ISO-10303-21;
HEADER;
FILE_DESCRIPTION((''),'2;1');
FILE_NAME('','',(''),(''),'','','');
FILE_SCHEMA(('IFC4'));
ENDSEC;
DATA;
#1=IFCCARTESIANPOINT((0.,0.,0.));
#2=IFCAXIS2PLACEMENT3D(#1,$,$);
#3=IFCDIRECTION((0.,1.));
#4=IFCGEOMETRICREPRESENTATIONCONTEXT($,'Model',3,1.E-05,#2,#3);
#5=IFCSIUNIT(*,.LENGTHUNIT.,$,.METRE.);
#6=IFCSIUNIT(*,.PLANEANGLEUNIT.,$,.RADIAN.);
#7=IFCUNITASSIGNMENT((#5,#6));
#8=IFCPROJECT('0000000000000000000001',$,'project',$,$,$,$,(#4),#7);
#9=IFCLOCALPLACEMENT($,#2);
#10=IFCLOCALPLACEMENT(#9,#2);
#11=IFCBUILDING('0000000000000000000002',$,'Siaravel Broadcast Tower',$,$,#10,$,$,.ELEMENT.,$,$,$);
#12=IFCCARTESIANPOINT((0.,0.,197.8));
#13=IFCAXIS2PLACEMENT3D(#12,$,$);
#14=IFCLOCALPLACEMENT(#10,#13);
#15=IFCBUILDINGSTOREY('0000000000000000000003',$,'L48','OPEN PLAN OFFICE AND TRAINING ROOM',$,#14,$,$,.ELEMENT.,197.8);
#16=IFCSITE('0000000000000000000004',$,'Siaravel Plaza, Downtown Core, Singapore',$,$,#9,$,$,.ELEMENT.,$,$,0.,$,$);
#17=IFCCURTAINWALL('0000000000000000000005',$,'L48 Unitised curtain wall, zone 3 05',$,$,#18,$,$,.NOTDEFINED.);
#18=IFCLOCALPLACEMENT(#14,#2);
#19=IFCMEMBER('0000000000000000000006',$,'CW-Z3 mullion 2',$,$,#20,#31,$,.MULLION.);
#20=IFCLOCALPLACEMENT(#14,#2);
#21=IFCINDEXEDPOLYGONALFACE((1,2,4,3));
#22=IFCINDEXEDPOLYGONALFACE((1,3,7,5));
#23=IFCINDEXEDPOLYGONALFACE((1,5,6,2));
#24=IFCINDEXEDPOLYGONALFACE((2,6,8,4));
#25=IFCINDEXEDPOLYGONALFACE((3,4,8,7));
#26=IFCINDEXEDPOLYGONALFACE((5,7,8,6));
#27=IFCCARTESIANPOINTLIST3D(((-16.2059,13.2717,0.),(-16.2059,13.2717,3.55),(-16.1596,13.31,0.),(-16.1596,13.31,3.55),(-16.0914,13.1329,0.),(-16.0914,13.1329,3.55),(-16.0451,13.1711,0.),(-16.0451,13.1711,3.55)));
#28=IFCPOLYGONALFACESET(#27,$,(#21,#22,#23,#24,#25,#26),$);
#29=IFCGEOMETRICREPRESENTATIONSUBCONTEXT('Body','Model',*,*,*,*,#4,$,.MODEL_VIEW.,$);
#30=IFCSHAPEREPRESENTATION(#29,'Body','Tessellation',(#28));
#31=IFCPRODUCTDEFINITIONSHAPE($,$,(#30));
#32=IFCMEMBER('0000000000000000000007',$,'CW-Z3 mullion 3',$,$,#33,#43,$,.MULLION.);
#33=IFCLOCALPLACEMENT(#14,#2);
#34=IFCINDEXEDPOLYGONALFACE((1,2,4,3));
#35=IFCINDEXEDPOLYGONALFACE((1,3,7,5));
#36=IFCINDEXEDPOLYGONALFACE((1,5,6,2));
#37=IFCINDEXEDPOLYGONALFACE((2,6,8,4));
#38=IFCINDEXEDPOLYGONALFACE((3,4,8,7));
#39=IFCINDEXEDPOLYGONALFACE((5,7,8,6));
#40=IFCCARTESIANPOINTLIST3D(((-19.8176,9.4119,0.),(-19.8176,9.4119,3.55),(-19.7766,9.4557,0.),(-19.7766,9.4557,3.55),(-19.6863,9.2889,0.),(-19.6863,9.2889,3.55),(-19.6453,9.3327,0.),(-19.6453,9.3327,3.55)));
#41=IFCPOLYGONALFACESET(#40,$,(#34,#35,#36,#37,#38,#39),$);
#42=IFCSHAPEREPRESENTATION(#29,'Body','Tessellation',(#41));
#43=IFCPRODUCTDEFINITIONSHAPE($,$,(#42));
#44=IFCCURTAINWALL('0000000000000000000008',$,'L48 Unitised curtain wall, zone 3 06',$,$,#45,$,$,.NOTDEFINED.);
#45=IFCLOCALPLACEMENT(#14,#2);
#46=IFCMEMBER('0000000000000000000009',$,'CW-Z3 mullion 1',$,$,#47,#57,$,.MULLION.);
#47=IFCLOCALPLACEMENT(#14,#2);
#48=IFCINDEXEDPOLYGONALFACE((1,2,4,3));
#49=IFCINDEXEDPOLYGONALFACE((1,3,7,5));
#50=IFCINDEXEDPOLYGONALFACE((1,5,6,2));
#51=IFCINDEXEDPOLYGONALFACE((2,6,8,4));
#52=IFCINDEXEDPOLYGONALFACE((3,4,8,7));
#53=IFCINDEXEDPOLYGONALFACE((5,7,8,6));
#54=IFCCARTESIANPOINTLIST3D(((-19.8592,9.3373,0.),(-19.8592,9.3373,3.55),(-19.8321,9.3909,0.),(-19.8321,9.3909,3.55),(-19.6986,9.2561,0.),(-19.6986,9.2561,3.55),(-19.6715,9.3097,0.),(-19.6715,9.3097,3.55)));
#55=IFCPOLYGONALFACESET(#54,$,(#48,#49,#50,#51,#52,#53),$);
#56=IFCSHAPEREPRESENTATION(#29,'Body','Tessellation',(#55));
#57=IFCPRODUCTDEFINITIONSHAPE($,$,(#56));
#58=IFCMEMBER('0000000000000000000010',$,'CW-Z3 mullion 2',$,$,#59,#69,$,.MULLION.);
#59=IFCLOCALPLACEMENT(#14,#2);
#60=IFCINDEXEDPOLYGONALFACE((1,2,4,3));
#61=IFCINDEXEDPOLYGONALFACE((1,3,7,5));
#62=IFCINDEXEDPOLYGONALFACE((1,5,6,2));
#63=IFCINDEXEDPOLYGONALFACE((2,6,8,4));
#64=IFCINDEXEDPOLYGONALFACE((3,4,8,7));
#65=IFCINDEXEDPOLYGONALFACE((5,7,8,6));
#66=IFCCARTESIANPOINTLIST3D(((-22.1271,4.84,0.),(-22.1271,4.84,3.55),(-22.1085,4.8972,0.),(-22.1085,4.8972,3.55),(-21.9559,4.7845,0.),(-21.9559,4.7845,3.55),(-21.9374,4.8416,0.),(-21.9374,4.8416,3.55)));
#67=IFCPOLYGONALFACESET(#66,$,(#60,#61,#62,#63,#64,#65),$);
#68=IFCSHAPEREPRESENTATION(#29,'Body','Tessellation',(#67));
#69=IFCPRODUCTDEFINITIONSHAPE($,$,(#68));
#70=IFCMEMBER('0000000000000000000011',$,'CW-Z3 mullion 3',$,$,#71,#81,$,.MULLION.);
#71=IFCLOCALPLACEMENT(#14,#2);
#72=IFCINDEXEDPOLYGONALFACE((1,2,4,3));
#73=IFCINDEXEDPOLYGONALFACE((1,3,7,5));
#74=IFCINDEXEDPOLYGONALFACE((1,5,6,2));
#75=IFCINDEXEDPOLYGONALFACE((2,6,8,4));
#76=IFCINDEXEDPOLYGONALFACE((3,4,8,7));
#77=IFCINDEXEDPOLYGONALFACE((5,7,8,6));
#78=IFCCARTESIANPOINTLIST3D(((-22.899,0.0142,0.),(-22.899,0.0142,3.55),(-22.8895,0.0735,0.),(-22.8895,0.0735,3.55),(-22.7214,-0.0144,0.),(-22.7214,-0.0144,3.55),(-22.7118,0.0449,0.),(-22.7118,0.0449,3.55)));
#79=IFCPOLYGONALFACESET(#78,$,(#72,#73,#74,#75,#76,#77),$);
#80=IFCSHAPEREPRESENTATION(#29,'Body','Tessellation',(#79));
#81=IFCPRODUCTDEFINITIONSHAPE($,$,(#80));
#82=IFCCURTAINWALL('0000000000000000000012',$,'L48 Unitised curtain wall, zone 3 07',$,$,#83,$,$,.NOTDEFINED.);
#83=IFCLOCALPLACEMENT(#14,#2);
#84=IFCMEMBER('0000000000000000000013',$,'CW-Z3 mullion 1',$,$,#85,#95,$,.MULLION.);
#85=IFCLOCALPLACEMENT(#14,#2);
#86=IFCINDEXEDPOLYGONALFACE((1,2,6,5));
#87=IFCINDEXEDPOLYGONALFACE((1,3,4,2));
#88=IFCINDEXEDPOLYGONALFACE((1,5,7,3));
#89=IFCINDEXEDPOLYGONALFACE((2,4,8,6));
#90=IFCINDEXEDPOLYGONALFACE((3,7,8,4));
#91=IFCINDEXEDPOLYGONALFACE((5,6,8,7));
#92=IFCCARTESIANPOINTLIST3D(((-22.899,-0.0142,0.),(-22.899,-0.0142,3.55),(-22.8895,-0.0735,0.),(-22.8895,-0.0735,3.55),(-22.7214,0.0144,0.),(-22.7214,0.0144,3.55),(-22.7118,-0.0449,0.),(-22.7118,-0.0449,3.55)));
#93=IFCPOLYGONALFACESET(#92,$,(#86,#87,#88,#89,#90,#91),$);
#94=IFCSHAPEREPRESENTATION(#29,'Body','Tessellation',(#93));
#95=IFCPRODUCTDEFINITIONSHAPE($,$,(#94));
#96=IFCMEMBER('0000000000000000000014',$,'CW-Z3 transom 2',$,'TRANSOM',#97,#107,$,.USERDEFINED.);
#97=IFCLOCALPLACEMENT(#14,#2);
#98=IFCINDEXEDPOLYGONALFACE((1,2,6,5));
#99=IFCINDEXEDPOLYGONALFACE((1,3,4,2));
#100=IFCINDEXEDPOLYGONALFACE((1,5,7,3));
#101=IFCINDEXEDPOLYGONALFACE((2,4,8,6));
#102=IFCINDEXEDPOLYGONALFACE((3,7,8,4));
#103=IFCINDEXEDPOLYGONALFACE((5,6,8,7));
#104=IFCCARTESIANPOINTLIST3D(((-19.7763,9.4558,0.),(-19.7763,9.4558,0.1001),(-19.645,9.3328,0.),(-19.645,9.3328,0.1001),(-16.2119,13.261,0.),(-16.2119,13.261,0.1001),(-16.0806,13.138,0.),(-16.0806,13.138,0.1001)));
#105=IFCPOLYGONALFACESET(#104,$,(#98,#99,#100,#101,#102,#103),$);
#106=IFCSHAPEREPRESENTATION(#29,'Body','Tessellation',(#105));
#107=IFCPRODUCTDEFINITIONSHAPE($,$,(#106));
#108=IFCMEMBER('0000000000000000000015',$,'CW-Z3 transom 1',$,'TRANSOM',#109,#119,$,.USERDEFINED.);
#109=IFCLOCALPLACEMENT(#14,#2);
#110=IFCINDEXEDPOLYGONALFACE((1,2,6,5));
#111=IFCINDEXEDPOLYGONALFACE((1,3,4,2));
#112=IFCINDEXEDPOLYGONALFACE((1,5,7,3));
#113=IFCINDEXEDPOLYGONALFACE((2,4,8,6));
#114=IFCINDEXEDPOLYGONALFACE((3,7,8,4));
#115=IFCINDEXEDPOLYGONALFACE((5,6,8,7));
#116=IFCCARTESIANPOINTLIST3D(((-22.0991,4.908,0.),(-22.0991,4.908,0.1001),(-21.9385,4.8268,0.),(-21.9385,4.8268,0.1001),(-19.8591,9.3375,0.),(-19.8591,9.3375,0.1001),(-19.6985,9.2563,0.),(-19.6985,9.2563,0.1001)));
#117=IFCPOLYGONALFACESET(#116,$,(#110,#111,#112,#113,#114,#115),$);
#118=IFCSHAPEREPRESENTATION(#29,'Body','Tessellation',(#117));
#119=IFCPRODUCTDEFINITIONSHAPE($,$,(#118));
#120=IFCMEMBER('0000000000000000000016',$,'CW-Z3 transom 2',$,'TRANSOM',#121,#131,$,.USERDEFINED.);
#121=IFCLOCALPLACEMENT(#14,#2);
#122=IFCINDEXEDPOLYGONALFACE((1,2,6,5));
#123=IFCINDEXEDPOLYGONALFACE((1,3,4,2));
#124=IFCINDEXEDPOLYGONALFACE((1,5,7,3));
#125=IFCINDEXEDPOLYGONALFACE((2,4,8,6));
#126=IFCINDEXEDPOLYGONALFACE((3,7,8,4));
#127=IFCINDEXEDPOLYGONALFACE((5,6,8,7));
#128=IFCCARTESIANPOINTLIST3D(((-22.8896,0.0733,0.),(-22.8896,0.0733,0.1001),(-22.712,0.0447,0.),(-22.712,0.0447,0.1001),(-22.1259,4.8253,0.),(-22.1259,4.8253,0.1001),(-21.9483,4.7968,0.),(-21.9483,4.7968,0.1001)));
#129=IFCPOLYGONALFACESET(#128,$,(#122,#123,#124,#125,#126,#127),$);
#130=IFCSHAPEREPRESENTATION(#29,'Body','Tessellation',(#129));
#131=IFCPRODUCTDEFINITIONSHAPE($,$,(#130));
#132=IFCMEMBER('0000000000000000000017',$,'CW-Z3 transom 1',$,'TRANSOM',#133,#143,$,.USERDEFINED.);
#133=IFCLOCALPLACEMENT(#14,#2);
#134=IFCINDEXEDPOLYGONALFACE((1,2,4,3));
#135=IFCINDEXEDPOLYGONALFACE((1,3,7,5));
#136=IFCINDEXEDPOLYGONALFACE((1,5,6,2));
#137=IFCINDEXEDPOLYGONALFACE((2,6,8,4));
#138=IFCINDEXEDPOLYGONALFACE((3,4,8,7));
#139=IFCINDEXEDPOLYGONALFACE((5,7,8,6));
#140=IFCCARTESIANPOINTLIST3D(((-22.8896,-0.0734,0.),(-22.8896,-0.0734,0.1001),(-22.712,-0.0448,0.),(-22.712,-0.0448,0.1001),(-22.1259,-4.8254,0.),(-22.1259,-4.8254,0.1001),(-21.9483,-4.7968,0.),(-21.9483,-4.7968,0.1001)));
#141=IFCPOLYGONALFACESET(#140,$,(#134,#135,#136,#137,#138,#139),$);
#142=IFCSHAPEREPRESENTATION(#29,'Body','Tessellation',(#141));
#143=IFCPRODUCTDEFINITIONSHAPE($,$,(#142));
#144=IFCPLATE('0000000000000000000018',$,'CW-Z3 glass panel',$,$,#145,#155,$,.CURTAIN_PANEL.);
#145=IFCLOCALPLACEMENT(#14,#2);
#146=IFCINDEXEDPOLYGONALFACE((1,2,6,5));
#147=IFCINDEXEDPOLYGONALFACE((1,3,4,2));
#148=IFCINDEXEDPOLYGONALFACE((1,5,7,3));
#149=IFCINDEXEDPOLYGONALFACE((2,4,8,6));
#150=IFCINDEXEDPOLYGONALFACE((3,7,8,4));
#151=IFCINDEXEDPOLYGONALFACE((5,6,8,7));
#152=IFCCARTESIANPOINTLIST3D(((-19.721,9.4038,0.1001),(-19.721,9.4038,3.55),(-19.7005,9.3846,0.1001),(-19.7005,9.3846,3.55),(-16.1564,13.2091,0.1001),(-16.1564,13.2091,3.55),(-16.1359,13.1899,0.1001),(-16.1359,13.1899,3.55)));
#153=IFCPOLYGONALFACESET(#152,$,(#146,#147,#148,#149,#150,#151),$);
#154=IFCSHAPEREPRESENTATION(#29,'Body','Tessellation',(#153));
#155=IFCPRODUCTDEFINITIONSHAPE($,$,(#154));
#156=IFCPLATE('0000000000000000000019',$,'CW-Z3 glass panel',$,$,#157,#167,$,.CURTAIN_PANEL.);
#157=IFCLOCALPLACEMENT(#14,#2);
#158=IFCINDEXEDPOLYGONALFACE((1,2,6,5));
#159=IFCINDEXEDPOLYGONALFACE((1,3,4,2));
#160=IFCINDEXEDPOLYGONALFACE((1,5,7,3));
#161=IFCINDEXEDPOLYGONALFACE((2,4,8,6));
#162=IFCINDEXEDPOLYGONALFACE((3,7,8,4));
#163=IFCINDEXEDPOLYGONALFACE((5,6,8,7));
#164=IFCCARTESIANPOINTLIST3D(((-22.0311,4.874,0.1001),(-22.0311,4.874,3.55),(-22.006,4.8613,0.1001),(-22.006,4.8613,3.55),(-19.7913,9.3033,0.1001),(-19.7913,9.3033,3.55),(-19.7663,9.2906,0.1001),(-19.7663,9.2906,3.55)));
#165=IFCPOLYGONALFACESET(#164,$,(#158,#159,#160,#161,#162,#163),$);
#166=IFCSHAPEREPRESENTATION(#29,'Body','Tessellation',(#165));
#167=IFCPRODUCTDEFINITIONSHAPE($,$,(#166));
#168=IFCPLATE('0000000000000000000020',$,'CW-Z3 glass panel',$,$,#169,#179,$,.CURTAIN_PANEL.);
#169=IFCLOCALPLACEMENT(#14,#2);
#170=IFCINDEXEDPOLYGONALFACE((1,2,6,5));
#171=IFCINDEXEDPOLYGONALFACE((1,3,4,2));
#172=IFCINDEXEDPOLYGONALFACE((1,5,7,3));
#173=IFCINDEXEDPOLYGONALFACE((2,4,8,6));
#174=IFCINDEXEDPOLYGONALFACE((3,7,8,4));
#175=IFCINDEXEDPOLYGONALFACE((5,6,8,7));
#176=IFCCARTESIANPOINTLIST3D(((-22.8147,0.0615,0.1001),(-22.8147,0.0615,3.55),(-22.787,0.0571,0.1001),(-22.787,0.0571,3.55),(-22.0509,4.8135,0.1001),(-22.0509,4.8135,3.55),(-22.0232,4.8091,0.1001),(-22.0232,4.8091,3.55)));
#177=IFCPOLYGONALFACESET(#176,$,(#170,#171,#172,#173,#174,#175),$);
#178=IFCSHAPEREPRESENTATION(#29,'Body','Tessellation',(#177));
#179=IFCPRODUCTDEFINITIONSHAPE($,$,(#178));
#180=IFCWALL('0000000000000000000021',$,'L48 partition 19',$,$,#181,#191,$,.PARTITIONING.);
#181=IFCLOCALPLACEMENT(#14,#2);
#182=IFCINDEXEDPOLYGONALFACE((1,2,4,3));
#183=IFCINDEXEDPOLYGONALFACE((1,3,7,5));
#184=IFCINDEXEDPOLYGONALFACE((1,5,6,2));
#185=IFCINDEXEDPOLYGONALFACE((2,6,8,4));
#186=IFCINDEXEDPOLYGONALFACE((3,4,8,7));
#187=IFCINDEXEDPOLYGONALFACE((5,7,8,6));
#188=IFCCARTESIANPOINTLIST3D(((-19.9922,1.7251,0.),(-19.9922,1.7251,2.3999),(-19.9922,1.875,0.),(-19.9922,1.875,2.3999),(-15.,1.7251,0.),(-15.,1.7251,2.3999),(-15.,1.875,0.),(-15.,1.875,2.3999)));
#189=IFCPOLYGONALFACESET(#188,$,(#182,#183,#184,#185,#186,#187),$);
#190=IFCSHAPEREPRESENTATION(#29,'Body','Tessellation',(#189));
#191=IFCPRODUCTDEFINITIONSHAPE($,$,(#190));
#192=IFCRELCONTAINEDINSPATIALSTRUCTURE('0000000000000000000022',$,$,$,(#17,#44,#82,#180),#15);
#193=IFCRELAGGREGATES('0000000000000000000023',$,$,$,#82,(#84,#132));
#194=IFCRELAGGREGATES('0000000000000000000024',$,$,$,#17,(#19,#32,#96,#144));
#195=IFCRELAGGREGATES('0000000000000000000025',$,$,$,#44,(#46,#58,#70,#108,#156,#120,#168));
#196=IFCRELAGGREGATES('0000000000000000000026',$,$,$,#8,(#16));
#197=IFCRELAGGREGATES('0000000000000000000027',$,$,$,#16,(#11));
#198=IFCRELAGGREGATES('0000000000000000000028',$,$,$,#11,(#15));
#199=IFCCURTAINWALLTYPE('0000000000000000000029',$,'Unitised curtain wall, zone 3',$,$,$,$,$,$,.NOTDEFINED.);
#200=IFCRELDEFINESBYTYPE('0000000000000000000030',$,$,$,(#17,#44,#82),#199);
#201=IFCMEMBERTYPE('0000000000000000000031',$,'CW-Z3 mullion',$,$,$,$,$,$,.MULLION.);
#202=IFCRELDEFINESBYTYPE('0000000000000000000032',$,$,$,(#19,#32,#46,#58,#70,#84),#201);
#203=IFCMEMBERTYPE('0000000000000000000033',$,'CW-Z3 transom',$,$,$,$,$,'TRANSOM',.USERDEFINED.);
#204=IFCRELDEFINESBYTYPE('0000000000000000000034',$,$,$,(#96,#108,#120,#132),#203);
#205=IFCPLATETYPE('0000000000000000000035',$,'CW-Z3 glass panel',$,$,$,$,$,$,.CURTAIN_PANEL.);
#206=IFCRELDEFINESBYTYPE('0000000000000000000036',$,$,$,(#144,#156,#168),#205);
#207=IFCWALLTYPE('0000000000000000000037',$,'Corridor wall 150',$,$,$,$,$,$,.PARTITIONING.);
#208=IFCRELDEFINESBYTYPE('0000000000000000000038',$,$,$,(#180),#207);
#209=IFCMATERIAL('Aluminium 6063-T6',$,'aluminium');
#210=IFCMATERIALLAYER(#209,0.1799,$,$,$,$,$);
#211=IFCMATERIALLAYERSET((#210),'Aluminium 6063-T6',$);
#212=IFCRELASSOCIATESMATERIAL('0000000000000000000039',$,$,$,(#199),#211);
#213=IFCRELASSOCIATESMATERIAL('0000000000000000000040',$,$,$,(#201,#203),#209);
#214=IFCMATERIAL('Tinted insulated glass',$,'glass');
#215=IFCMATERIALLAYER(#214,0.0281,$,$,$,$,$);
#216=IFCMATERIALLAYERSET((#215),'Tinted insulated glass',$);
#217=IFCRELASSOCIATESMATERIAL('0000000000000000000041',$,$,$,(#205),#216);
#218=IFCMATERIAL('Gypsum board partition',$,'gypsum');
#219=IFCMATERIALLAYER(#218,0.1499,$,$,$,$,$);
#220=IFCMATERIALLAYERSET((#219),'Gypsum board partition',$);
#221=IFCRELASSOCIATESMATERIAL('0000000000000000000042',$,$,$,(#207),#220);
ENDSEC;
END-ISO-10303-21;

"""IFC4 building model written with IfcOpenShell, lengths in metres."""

from ifc_helpers import new_model, si_unit, direction, frame, frame_2d, origin, origin_2d, place, context, subcontext, project, spatial, rectangle, extrude, material, layer, layer_set, material_profile, profile_set, type_object, element, aggregate, save


model = new_model("IFC4")

# Units and contexts
model_context = context("Model", 3, precision=1e-05, world=origin(), true_north=direction((0.0, 1.0)))
body_context = subcontext(model_context, "Body", "Model", "MODEL_VIEW")
ifc_project = project(units=[si_unit("LENGTHUNIT", "METRE"), si_unit("PLANEANGLEUNIT", "RADIAN")], contexts=[model_context])

# Site, building, storey
site_placement = place(None, origin())
site = spatial("IfcSite", under=ifc_project, at=site_placement, Name="Siaravel Plaza, Downtown Core, Singapore", CompositionType="ELEMENT", RefElevation=0.0)
building_placement = place(site_placement, origin())
building = spatial("IfcBuilding", under=site, at=building_placement, Name="Siaravel Broadcast Tower", CompositionType="ELEMENT")
storey_placement = place(building_placement, frame((0.0, 0.0, 197.8)))
storey = spatial("IfcBuildingStorey", under=building, at=storey_placement, Name="L48", Description="OPEN PLAN OFFICE AND TRAINING ROOM", CompositionType="ELEMENT", Elevation=197.8)

# Curtain walls, members
ifc_material_1 = material(Name="Aluminium 6063-T6", Category="aluminium")
ifc_layer_1 = layer(ifc_material_1, 0.1799)
ifc_layer_set_1 = layer_set([ifc_layer_1], Name="Aluminium 6063-T6")
curtain_wall_type = type_object("IfcCurtainWallType", Name="Unitised curtain wall, zone 3", PredefinedType="NOTDEFINED", material=ifc_layer_set_1)
curtain_wall_1_placement = place(storey_placement, origin())
curtain_wall_1 = element("IfcCurtainWall", 1, at=curtain_wall_1_placement, inside=storey, type_object=curtain_wall_type, Name="L48 Unitised curtain wall, zone 3 05", PredefinedType="NOTDEFINED")
ifc_material_profile_1 = material_profile(ifc_material_1, rectangle(XDim=0.1799, YDim=0.0601, at=origin_2d()))
ifc_profile_set_1 = profile_set([ifc_material_profile_1], Name="Aluminium 6063-T6")
member_type_1 = type_object("IfcMemberType", Name="CW-Z3 mullion", PredefinedType="MULLION", material=ifc_profile_set_1)
member_1_placement = place(storey_placement, frame((-16.1255, 13.2214, 0.0), z_axis=(0.0, 0.0, 1.0), x_axis=(0.636219, -0.771509, 0.0)))
member_1 = element("IfcMember", 2, at=member_1_placement, type_object=member_type_1, Name="CW-Z3 mullion 2", PredefinedType="MULLION", context=body_context, shape_type="SweptSolid", body=[
    extrude(rectangle(XDim=0.1799, YDim=0.0601, at=origin_2d()), origin(), (0.0, 0.0, 1.0), 3.55),
])
member_2_placement = place(storey_placement, frame((-19.7314, 9.3723, 0.0), z_axis=(0.0, 0.0, 1.0), x_axis=(0.729805, -0.683655, 0.0)))
member_2 = element("IfcMember", 3, at=member_2_placement, type_object=member_type_1, Name="CW-Z3 mullion 3", PredefinedType="MULLION", context=body_context, shape_type="SweptSolid", body=[
    extrude(rectangle(XDim=0.1799, YDim=0.0601, at=origin_2d()), origin(), (0.0, 0.0, 1.0), 3.55),
])
curtain_wall_2_placement = place(storey_placement, origin())
curtain_wall_2 = element("IfcCurtainWall", 4, at=curtain_wall_2_placement, inside=storey, type_object=curtain_wall_type, Name="L48 Unitised curtain wall, zone 3 06", PredefinedType="NOTDEFINED")
member_3_placement = place(storey_placement, frame((-19.7654, 9.3235, 0.0), z_axis=(0.0, 0.0, 1.0), x_axis=(0.892392, -0.451261, 0.0)))
member_3 = element("IfcMember", 5, at=member_3_placement, type_object=member_type_1, Name="CW-Z3 mullion 1", PredefinedType="MULLION", context=body_context, shape_type="SweptSolid", body=[
    extrude(rectangle(XDim=0.1799, YDim=0.0601, at=origin_2d()), origin(), (0.0, 0.0, 1.0), 3.55),
])
member_4_placement = place(storey_placement, frame((-22.0322, 4.8408, 0.0), z_axis=(0.0, 0.0, 1.0), x_axis=(0.951177, -0.308645, 0.0)))
member_4 = element("IfcMember", 6, at=member_4_placement, type_object=member_type_1, Name="CW-Z3 mullion 2", PredefinedType="MULLION", context=body_context, shape_type="SweptSolid", body=[
    extrude(rectangle(XDim=0.1799, YDim=0.0601, at=origin_2d()), origin(), (0.0, 0.0, 1.0), 3.55),
])
member_5_placement = place(storey_placement, frame((-22.8054, 0.0295, 0.0), z_axis=(0.0, 0.0, 1.0), x_axis=(0.987329, -0.158685, 0.0)))
member_5 = element("IfcMember", 7, at=member_5_placement, type_object=member_type_1, Name="CW-Z3 mullion 3", PredefinedType="MULLION", context=body_context, shape_type="SweptSolid", body=[
    extrude(rectangle(XDim=0.1799, YDim=0.0601, at=origin_2d()), origin(), (0.0, 0.0, 1.0), 3.55),
])

# Curtain wall, member
curtain_wall_3_placement = place(storey_placement, origin())
curtain_wall_3 = element("IfcCurtainWall", 8, at=curtain_wall_3_placement, inside=storey, type_object=curtain_wall_type, Name="L48 Unitised curtain wall, zone 3 07", PredefinedType="NOTDEFINED")
member_6_placement = place(storey_placement, frame((-22.8054, -0.0295, 0.0), z_axis=(0.0, 0.0, 1.0), x_axis=(0.987329, 0.158685, 0.0)))
member_6 = element("IfcMember", 9, at=member_6_placement, type_object=member_type_1, Name="CW-Z3 mullion 1", PredefinedType="MULLION", context=body_context, shape_type="SweptSolid", body=[
    extrude(rectangle(XDim=0.1799, YDim=0.0601, at=origin_2d()), origin(), (0.0, 0.0, 1.0), 3.55),
])

# Members
ifc_material_profile_2 = material_profile(ifc_material_1, rectangle(XDim=0.1799, YDim=0.1001, at=origin_2d()))
ifc_profile_set_2 = profile_set([ifc_material_profile_2], Name="Aluminium 6063-T6")
member_type_2 = type_object("IfcMemberType", Name="CW-Z3 transom", ElementType="TRANSOM", PredefinedType="USERDEFINED", material=ifc_profile_set_2)
member_7_placement = place(storey_placement, frame((-16.1462, 13.1995, 0.05), z_axis=(-0.683645, -0.729815, 0.0), x_axis=(0.729815, -0.683645, 0.0)))
member_7 = element("IfcMember", 10, at=member_7_placement, type_object=member_type_2, Name="CW-Z3 transom 2", ObjectType="TRANSOM", PredefinedType="USERDEFINED", context=body_context, shape_type="SweptSolid", body=[
    extrude(rectangle(XDim=0.1799, YDim=0.1001, at=origin_2d()), origin(), (0.0, 0.0, 1.0), 5.2139),
])
member_8_placement = place(storey_placement, frame((-19.7788, 9.2969, 0.05), z_axis=(-0.451282, -0.892382, 0.0), x_axis=(0.892382, -0.451282, 0.0)))
member_8 = element("IfcMember", 11, at=member_8_placement, type_object=member_type_2, Name="CW-Z3 transom 1", ObjectType="TRANSOM", PredefinedType="USERDEFINED", context=body_context, shape_type="SweptSolid", body=[
    extrude(rectangle(XDim=0.1799, YDim=0.1001, at=origin_2d()), origin(), (0.0, 0.0, 1.0), 4.9636),
])
member_9_placement = place(storey_placement, frame((-22.0371, 4.811, 0.05), z_axis=(-0.158671, -0.987332, 0.0), x_axis=(0.987332, -0.158671, 0.0)))
member_9 = element("IfcMember", 12, at=member_9_placement, type_object=member_type_2, Name="CW-Z3 transom 2", ObjectType="TRANSOM", PredefinedType="USERDEFINED", context=body_context, shape_type="SweptSolid", body=[
    extrude(rectangle(XDim=0.1799, YDim=0.1001, at=origin_2d()), origin(), (0.0, 0.0, 1.0), 4.813),
])
member_10_placement = place(storey_placement, frame((-22.8008, -0.0591, 0.05), z_axis=(0.158671, -0.987332, 0.0), x_axis=(0.987332, 0.158671, 0.0)))
member_10 = element("IfcMember", 13, at=member_10_placement, type_object=member_type_2, Name="CW-Z3 transom 1", ObjectType="TRANSOM", PredefinedType="USERDEFINED", context=body_context, shape_type="SweptSolid", body=[
    extrude(rectangle(XDim=0.1799, YDim=0.1001, at=origin_2d()), origin(), (0.0, 0.0, 1.0), 4.813),
])
aggregate(curtain_wall_3, [member_6, member_10])

# Plates
ifc_material_2 = material(Name="Tinted insulated glass", Category="glass")
ifc_layer_2 = layer(ifc_material_2, 0.0281)
ifc_layer_set_2 = layer_set([ifc_layer_2], Name="Tinted insulated glass")
plate_type = type_object("IfcPlateType", Name="CW-Z3 glass panel", PredefinedType="CURTAIN_PANEL", material=ifc_layer_set_2)
plate_1_placement = place(storey_placement, frame((-17.9285, 11.2969, 0.1001), z_axis=(0.0, 0.0, 1.0), x_axis=(-0.683655, -0.729805, 0.0)))
plate_1 = element("IfcPlate", 14, at=plate_1_placement, type_object=plate_type, Name="CW-Z3 glass panel", PredefinedType="CURTAIN_PANEL", context=body_context, shape_type="SweptSolid", body=[
    extrude(rectangle(XDim=5.2141, YDim=0.0281, at=origin_2d()), origin(), (0.0, 0.0, 1.0), 3.45),
])
aggregate(curtain_wall_1, [member_1, member_2, member_7, plate_1])
plate_2_placement = place(storey_placement, frame((-20.8987, 7.0823, 0.1001), z_axis=(0.0, 0.0, 1.0), x_axis=(-0.451261, -0.892392, 0.0)))
plate_2 = element("IfcPlate", 15, at=plate_2_placement, type_object=plate_type, Name="CW-Z3 glass panel", PredefinedType="CURTAIN_PANEL", context=body_context, shape_type="SweptSolid", body=[
    extrude(rectangle(XDim=4.9634, YDim=0.0281, at=origin_2d()), origin(), (0.0, 0.0, 1.0), 3.45),
])
plate_3_placement = place(storey_placement, frame((-22.4189, 2.4353, 0.1001), z_axis=(0.0, 0.0, 1.0), x_axis=(-0.158685, -0.987329, 0.0)))
plate_3 = element("IfcPlate", 16, at=plate_3_placement, type_object=plate_type, Name="CW-Z3 glass panel", PredefinedType="CURTAIN_PANEL", context=body_context, shape_type="SweptSolid", body=[
    extrude(rectangle(XDim=4.813, YDim=0.0281, at=origin_2d()), origin(), (0.0, 0.0, 1.0), 3.45),
])
aggregate(curtain_wall_2, [member_3, member_4, member_5, member_8, plate_2, member_9, plate_3])

# Wall
ifc_material_3 = material(Name="Gypsum board partition", Category="gypsum")
ifc_layer_3 = layer(ifc_material_3, 0.1499)
ifc_layer_set_3 = layer_set([ifc_layer_3], Name="Gypsum board partition")
wall_type_1 = type_object("IfcWallType", Name="Corridor wall 150", PredefinedType="PARTITIONING", material=ifc_layer_set_3)
wall_1_placement = place(storey_placement, frame((-15.0, 1.8, 0.0), z_axis=(0.0, 0.0, 1.0), x_axis=(-1.0, 0.0, 0.0)))
element("IfcWall", 17, at=wall_1_placement, inside=storey, type_object=wall_type_1, Name="L48 partition 19", PredefinedType="PARTITIONING", context=body_context, shape_type="SweptSolid", body=[
    extrude(rectangle(XDim=4.9922, YDim=0.1499, at=frame_2d((2.4961, 0.0))), origin(), (0.0, 0.0, 1.0), 2.3999),
])

save(model, "model.ifc")
